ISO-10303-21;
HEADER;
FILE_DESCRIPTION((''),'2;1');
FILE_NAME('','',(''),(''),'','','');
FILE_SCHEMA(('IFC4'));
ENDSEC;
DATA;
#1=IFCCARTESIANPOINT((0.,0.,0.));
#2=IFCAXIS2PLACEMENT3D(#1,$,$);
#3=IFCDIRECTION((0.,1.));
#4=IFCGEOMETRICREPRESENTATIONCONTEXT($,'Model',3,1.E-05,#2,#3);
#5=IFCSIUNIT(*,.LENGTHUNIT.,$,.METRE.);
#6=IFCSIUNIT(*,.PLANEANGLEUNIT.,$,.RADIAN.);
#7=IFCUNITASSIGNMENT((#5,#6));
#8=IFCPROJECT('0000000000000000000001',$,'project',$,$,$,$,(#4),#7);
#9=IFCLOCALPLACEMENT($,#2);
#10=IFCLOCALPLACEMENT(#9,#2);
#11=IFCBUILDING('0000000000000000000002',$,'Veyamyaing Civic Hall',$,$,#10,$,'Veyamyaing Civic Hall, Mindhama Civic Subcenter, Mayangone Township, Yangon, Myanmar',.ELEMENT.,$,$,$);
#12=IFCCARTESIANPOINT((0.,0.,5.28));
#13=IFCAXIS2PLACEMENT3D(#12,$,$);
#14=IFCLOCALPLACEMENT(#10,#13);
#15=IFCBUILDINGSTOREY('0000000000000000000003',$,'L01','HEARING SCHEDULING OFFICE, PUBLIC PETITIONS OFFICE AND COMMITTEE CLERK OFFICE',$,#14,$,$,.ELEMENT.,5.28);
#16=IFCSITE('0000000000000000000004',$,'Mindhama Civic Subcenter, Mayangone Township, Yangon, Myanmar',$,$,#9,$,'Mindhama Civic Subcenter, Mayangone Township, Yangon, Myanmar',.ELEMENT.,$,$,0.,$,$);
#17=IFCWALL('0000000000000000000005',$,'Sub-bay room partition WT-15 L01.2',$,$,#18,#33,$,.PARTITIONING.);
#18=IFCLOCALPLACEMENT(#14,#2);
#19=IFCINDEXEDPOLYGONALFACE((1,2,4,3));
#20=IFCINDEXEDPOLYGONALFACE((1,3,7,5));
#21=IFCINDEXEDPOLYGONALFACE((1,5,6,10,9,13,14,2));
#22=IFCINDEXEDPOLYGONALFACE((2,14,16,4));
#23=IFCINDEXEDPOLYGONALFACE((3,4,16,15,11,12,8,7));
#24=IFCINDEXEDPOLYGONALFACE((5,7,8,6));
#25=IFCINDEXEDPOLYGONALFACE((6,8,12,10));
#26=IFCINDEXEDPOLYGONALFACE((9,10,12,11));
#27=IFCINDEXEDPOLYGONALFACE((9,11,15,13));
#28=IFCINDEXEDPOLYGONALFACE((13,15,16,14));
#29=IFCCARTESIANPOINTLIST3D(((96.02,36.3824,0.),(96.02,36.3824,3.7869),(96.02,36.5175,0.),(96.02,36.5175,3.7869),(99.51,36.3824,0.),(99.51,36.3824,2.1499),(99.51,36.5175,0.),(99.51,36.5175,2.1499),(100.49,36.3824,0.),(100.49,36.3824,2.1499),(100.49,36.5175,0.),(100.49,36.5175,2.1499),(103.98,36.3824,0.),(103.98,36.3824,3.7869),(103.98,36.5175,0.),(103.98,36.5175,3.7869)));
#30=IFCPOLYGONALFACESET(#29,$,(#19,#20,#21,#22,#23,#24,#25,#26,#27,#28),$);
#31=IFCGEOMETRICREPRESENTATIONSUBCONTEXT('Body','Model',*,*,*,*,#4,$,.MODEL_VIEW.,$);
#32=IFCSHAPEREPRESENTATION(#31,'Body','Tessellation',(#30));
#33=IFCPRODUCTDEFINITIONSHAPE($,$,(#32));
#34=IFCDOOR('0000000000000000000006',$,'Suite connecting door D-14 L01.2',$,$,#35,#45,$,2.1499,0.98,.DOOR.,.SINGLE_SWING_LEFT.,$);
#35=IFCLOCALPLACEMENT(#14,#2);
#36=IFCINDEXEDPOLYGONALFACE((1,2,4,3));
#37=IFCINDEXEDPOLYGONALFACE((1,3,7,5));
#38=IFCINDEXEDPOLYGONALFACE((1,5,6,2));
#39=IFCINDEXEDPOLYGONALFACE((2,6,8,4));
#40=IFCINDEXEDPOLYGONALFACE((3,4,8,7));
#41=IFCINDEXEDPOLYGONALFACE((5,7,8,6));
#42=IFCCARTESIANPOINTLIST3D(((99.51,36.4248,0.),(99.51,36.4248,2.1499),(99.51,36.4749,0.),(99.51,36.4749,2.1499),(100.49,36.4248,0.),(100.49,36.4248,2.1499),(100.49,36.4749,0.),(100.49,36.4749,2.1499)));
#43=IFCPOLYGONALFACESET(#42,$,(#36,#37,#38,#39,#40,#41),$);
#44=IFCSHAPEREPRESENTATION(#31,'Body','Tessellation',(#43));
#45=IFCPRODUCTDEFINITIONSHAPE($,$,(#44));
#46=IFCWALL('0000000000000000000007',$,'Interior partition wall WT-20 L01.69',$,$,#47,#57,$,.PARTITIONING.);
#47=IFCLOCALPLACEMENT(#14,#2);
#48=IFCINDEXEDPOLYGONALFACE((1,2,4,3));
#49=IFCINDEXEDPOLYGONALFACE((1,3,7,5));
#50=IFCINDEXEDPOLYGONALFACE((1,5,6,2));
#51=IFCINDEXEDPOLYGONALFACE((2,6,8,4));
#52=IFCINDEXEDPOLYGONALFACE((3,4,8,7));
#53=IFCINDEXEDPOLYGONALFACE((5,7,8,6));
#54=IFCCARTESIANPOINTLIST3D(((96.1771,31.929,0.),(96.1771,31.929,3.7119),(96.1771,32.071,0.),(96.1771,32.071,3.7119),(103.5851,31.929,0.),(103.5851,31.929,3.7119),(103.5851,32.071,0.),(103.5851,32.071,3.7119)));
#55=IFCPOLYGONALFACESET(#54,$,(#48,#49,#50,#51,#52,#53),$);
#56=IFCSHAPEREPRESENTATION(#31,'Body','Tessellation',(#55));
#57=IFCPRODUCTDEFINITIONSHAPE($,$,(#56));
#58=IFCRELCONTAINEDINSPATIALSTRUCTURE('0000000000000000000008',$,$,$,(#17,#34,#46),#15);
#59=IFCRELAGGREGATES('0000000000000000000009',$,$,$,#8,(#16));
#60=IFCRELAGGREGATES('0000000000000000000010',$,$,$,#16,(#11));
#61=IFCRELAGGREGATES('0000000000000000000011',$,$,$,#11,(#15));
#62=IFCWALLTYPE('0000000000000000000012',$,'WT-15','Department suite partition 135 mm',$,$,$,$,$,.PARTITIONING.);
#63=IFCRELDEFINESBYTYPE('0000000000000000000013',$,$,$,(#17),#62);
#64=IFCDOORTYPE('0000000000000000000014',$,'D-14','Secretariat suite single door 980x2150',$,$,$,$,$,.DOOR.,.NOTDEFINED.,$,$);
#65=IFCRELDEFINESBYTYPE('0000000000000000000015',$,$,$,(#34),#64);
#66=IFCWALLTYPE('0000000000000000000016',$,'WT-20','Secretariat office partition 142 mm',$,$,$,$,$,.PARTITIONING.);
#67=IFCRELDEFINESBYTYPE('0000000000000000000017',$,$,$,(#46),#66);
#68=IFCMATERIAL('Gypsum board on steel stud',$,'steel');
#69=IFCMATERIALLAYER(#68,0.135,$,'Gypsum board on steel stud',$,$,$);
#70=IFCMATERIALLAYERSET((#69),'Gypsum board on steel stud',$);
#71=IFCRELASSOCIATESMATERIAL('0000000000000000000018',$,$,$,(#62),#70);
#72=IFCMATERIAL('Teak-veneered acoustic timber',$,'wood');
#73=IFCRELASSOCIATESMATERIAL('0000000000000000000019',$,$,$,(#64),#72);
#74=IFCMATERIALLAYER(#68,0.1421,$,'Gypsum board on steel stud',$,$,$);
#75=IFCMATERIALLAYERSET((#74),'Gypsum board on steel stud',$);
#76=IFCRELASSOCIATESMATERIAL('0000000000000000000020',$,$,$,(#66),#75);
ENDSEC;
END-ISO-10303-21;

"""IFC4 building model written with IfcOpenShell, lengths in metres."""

from ifc_helpers import new_model, si_unit, direction, frame, frame_2d, origin, place, context, subcontext, project, spatial, rectangle, extrude, material, layer, layer_set, type_object, element, fill, save


model = new_model("IFC4")

# Units and contexts
model_context = context("Model", 3, precision=1e-05, world=origin(), true_north=direction((0.0, 1.0)))
body_context = subcontext(model_context, "Body", "Model", "MODEL_VIEW")
ifc_project = project(units=[si_unit("LENGTHUNIT", "METRE"), si_unit("PLANEANGLEUNIT", "RADIAN")], contexts=[model_context])

# Site, building, storey
site_placement = place(None, origin())
site = spatial("IfcSite", under=ifc_project, at=site_placement, Name="Mindhama Civic Subcenter, Mayangone Township, Yangon, Myanmar", LongName="Mindhama Civic Subcenter, Mayangone Township, Yangon, Myanmar", CompositionType="ELEMENT", RefElevation=0.0)
building_placement = place(site_placement, origin())
building = spatial("IfcBuilding", under=site, at=building_placement, Name="Veyamyaing Civic Hall", LongName="Veyamyaing Civic Hall, Mindhama Civic Subcenter, Mayangone Township, Yangon, Myanmar", CompositionType="ELEMENT")
storey_placement = place(building_placement, frame((0.0, 0.0, 5.28)))
storey = spatial("IfcBuildingStorey", under=building, at=storey_placement, Name="L01", Description="HEARING SCHEDULING OFFICE, PUBLIC PETITIONS OFFICE AND COMMITTEE CLERK OFFICE", CompositionType="ELEMENT", Elevation=5.28)

# Wall, opening, door
ifc_material_1 = material(Name="Gypsum board on steel stud", Category="steel")
ifc_layer_1 = layer(ifc_material_1, 0.135, Name="Gypsum board on steel stud")
ifc_layer_set_1 = layer_set([ifc_layer_1], Name="Gypsum board on steel stud")
wall_type_1 = type_object("IfcWallType", Name="WT-15", Description="Department suite partition 135 mm", PredefinedType="PARTITIONING", material=ifc_layer_set_1)
wall_1_placement = place(storey_placement, frame((96.02, 36.45, 0.0), z_axis=(0.0, 0.0, 1.0), x_axis=(1.0, 0.0, 0.0)))
wall_1 = element("IfcWall", 1, at=wall_1_placement, inside=storey, type_object=wall_type_1, Name="Sub-bay room partition WT-15 L01.2", PredefinedType="PARTITIONING", context=body_context, shape_type="SweptSolid", body=[
    extrude(rectangle(XDim=7.96, YDim=0.135, at=frame_2d((3.98, 0.0))), origin(), (0.0, 0.0, 1.0), 3.7869),
])
opening_1_placement = place(wall_1_placement, frame((3.49, 0.0, 0.0)))
opening_1 = element("IfcOpeningElement", 2, at=opening_1_placement, cuts=wall_1, PredefinedType="OPENING", context=body_context, shape_type="SweptSolid", body=[
    extrude(rectangle(XDim=0.98, YDim=2.1499, at=frame_2d((0.49, 1.075))), frame((0.0, 0.0774, 0.0), z_axis=(0.0, -1.0, 0.0), x_axis=(1.0, 0.0, 0.0)), (0.0, 0.0, 1.0), 0.155),
])
ifc_material_2 = material(Name="Teak-veneered acoustic timber", Category="wood")
door_type = type_object("IfcDoorType", Name="D-14", Description="Secretariat suite single door 980x2150", OperationType="NOTDEFINED", PredefinedType="DOOR", material=ifc_material_2)
door_1_placement = place(opening_1_placement, origin())
door_1 = element("IfcDoor", 3, at=door_1_placement, inside=storey, type_object=door_type, Name="Suite connecting door D-14 L01.2", OperationType="SINGLE_SWING_LEFT", OverallHeight=2.1499, OverallWidth=0.98, PredefinedType="DOOR", context=body_context, shape_type="SweptSolid", body=[
    extrude(rectangle(XDim=0.98, YDim=2.1499, at=frame_2d((0.49, 1.075))), frame((0.0, 0.0249, 0.0), z_axis=(0.0, -1.0, 0.0), x_axis=(1.0, 0.0, 0.0)), (0.0, 0.0, 1.0), 0.05),
])
fill(opening_1, door_1)

# Wall
ifc_layer_2 = layer(ifc_material_1, 0.1421, Name="Gypsum board on steel stud")
ifc_layer_set_2 = layer_set([ifc_layer_2], Name="Gypsum board on steel stud")
wall_type_2 = type_object("IfcWallType", Name="WT-20", Description="Secretariat office partition 142 mm", PredefinedType="PARTITIONING", material=ifc_layer_set_2)
wall_2_placement = place(storey_placement, frame((96.177, 32.0, 0.0), z_axis=(0.0, 0.0, 1.0), x_axis=(1.0, 0.0, 0.0)))
element("IfcWall", 4, at=wall_2_placement, inside=storey, type_object=wall_type_2, Name="Interior partition wall WT-20 L01.69", PredefinedType="PARTITIONING", context=body_context, shape_type="SweptSolid", body=[
    extrude(rectangle(XDim=7.408, YDim=0.1421, at=frame_2d((3.7041, 0.0))), origin(), (0.0, 0.0, 1.0), 3.7119),
])

save(model, "model.ifc")
